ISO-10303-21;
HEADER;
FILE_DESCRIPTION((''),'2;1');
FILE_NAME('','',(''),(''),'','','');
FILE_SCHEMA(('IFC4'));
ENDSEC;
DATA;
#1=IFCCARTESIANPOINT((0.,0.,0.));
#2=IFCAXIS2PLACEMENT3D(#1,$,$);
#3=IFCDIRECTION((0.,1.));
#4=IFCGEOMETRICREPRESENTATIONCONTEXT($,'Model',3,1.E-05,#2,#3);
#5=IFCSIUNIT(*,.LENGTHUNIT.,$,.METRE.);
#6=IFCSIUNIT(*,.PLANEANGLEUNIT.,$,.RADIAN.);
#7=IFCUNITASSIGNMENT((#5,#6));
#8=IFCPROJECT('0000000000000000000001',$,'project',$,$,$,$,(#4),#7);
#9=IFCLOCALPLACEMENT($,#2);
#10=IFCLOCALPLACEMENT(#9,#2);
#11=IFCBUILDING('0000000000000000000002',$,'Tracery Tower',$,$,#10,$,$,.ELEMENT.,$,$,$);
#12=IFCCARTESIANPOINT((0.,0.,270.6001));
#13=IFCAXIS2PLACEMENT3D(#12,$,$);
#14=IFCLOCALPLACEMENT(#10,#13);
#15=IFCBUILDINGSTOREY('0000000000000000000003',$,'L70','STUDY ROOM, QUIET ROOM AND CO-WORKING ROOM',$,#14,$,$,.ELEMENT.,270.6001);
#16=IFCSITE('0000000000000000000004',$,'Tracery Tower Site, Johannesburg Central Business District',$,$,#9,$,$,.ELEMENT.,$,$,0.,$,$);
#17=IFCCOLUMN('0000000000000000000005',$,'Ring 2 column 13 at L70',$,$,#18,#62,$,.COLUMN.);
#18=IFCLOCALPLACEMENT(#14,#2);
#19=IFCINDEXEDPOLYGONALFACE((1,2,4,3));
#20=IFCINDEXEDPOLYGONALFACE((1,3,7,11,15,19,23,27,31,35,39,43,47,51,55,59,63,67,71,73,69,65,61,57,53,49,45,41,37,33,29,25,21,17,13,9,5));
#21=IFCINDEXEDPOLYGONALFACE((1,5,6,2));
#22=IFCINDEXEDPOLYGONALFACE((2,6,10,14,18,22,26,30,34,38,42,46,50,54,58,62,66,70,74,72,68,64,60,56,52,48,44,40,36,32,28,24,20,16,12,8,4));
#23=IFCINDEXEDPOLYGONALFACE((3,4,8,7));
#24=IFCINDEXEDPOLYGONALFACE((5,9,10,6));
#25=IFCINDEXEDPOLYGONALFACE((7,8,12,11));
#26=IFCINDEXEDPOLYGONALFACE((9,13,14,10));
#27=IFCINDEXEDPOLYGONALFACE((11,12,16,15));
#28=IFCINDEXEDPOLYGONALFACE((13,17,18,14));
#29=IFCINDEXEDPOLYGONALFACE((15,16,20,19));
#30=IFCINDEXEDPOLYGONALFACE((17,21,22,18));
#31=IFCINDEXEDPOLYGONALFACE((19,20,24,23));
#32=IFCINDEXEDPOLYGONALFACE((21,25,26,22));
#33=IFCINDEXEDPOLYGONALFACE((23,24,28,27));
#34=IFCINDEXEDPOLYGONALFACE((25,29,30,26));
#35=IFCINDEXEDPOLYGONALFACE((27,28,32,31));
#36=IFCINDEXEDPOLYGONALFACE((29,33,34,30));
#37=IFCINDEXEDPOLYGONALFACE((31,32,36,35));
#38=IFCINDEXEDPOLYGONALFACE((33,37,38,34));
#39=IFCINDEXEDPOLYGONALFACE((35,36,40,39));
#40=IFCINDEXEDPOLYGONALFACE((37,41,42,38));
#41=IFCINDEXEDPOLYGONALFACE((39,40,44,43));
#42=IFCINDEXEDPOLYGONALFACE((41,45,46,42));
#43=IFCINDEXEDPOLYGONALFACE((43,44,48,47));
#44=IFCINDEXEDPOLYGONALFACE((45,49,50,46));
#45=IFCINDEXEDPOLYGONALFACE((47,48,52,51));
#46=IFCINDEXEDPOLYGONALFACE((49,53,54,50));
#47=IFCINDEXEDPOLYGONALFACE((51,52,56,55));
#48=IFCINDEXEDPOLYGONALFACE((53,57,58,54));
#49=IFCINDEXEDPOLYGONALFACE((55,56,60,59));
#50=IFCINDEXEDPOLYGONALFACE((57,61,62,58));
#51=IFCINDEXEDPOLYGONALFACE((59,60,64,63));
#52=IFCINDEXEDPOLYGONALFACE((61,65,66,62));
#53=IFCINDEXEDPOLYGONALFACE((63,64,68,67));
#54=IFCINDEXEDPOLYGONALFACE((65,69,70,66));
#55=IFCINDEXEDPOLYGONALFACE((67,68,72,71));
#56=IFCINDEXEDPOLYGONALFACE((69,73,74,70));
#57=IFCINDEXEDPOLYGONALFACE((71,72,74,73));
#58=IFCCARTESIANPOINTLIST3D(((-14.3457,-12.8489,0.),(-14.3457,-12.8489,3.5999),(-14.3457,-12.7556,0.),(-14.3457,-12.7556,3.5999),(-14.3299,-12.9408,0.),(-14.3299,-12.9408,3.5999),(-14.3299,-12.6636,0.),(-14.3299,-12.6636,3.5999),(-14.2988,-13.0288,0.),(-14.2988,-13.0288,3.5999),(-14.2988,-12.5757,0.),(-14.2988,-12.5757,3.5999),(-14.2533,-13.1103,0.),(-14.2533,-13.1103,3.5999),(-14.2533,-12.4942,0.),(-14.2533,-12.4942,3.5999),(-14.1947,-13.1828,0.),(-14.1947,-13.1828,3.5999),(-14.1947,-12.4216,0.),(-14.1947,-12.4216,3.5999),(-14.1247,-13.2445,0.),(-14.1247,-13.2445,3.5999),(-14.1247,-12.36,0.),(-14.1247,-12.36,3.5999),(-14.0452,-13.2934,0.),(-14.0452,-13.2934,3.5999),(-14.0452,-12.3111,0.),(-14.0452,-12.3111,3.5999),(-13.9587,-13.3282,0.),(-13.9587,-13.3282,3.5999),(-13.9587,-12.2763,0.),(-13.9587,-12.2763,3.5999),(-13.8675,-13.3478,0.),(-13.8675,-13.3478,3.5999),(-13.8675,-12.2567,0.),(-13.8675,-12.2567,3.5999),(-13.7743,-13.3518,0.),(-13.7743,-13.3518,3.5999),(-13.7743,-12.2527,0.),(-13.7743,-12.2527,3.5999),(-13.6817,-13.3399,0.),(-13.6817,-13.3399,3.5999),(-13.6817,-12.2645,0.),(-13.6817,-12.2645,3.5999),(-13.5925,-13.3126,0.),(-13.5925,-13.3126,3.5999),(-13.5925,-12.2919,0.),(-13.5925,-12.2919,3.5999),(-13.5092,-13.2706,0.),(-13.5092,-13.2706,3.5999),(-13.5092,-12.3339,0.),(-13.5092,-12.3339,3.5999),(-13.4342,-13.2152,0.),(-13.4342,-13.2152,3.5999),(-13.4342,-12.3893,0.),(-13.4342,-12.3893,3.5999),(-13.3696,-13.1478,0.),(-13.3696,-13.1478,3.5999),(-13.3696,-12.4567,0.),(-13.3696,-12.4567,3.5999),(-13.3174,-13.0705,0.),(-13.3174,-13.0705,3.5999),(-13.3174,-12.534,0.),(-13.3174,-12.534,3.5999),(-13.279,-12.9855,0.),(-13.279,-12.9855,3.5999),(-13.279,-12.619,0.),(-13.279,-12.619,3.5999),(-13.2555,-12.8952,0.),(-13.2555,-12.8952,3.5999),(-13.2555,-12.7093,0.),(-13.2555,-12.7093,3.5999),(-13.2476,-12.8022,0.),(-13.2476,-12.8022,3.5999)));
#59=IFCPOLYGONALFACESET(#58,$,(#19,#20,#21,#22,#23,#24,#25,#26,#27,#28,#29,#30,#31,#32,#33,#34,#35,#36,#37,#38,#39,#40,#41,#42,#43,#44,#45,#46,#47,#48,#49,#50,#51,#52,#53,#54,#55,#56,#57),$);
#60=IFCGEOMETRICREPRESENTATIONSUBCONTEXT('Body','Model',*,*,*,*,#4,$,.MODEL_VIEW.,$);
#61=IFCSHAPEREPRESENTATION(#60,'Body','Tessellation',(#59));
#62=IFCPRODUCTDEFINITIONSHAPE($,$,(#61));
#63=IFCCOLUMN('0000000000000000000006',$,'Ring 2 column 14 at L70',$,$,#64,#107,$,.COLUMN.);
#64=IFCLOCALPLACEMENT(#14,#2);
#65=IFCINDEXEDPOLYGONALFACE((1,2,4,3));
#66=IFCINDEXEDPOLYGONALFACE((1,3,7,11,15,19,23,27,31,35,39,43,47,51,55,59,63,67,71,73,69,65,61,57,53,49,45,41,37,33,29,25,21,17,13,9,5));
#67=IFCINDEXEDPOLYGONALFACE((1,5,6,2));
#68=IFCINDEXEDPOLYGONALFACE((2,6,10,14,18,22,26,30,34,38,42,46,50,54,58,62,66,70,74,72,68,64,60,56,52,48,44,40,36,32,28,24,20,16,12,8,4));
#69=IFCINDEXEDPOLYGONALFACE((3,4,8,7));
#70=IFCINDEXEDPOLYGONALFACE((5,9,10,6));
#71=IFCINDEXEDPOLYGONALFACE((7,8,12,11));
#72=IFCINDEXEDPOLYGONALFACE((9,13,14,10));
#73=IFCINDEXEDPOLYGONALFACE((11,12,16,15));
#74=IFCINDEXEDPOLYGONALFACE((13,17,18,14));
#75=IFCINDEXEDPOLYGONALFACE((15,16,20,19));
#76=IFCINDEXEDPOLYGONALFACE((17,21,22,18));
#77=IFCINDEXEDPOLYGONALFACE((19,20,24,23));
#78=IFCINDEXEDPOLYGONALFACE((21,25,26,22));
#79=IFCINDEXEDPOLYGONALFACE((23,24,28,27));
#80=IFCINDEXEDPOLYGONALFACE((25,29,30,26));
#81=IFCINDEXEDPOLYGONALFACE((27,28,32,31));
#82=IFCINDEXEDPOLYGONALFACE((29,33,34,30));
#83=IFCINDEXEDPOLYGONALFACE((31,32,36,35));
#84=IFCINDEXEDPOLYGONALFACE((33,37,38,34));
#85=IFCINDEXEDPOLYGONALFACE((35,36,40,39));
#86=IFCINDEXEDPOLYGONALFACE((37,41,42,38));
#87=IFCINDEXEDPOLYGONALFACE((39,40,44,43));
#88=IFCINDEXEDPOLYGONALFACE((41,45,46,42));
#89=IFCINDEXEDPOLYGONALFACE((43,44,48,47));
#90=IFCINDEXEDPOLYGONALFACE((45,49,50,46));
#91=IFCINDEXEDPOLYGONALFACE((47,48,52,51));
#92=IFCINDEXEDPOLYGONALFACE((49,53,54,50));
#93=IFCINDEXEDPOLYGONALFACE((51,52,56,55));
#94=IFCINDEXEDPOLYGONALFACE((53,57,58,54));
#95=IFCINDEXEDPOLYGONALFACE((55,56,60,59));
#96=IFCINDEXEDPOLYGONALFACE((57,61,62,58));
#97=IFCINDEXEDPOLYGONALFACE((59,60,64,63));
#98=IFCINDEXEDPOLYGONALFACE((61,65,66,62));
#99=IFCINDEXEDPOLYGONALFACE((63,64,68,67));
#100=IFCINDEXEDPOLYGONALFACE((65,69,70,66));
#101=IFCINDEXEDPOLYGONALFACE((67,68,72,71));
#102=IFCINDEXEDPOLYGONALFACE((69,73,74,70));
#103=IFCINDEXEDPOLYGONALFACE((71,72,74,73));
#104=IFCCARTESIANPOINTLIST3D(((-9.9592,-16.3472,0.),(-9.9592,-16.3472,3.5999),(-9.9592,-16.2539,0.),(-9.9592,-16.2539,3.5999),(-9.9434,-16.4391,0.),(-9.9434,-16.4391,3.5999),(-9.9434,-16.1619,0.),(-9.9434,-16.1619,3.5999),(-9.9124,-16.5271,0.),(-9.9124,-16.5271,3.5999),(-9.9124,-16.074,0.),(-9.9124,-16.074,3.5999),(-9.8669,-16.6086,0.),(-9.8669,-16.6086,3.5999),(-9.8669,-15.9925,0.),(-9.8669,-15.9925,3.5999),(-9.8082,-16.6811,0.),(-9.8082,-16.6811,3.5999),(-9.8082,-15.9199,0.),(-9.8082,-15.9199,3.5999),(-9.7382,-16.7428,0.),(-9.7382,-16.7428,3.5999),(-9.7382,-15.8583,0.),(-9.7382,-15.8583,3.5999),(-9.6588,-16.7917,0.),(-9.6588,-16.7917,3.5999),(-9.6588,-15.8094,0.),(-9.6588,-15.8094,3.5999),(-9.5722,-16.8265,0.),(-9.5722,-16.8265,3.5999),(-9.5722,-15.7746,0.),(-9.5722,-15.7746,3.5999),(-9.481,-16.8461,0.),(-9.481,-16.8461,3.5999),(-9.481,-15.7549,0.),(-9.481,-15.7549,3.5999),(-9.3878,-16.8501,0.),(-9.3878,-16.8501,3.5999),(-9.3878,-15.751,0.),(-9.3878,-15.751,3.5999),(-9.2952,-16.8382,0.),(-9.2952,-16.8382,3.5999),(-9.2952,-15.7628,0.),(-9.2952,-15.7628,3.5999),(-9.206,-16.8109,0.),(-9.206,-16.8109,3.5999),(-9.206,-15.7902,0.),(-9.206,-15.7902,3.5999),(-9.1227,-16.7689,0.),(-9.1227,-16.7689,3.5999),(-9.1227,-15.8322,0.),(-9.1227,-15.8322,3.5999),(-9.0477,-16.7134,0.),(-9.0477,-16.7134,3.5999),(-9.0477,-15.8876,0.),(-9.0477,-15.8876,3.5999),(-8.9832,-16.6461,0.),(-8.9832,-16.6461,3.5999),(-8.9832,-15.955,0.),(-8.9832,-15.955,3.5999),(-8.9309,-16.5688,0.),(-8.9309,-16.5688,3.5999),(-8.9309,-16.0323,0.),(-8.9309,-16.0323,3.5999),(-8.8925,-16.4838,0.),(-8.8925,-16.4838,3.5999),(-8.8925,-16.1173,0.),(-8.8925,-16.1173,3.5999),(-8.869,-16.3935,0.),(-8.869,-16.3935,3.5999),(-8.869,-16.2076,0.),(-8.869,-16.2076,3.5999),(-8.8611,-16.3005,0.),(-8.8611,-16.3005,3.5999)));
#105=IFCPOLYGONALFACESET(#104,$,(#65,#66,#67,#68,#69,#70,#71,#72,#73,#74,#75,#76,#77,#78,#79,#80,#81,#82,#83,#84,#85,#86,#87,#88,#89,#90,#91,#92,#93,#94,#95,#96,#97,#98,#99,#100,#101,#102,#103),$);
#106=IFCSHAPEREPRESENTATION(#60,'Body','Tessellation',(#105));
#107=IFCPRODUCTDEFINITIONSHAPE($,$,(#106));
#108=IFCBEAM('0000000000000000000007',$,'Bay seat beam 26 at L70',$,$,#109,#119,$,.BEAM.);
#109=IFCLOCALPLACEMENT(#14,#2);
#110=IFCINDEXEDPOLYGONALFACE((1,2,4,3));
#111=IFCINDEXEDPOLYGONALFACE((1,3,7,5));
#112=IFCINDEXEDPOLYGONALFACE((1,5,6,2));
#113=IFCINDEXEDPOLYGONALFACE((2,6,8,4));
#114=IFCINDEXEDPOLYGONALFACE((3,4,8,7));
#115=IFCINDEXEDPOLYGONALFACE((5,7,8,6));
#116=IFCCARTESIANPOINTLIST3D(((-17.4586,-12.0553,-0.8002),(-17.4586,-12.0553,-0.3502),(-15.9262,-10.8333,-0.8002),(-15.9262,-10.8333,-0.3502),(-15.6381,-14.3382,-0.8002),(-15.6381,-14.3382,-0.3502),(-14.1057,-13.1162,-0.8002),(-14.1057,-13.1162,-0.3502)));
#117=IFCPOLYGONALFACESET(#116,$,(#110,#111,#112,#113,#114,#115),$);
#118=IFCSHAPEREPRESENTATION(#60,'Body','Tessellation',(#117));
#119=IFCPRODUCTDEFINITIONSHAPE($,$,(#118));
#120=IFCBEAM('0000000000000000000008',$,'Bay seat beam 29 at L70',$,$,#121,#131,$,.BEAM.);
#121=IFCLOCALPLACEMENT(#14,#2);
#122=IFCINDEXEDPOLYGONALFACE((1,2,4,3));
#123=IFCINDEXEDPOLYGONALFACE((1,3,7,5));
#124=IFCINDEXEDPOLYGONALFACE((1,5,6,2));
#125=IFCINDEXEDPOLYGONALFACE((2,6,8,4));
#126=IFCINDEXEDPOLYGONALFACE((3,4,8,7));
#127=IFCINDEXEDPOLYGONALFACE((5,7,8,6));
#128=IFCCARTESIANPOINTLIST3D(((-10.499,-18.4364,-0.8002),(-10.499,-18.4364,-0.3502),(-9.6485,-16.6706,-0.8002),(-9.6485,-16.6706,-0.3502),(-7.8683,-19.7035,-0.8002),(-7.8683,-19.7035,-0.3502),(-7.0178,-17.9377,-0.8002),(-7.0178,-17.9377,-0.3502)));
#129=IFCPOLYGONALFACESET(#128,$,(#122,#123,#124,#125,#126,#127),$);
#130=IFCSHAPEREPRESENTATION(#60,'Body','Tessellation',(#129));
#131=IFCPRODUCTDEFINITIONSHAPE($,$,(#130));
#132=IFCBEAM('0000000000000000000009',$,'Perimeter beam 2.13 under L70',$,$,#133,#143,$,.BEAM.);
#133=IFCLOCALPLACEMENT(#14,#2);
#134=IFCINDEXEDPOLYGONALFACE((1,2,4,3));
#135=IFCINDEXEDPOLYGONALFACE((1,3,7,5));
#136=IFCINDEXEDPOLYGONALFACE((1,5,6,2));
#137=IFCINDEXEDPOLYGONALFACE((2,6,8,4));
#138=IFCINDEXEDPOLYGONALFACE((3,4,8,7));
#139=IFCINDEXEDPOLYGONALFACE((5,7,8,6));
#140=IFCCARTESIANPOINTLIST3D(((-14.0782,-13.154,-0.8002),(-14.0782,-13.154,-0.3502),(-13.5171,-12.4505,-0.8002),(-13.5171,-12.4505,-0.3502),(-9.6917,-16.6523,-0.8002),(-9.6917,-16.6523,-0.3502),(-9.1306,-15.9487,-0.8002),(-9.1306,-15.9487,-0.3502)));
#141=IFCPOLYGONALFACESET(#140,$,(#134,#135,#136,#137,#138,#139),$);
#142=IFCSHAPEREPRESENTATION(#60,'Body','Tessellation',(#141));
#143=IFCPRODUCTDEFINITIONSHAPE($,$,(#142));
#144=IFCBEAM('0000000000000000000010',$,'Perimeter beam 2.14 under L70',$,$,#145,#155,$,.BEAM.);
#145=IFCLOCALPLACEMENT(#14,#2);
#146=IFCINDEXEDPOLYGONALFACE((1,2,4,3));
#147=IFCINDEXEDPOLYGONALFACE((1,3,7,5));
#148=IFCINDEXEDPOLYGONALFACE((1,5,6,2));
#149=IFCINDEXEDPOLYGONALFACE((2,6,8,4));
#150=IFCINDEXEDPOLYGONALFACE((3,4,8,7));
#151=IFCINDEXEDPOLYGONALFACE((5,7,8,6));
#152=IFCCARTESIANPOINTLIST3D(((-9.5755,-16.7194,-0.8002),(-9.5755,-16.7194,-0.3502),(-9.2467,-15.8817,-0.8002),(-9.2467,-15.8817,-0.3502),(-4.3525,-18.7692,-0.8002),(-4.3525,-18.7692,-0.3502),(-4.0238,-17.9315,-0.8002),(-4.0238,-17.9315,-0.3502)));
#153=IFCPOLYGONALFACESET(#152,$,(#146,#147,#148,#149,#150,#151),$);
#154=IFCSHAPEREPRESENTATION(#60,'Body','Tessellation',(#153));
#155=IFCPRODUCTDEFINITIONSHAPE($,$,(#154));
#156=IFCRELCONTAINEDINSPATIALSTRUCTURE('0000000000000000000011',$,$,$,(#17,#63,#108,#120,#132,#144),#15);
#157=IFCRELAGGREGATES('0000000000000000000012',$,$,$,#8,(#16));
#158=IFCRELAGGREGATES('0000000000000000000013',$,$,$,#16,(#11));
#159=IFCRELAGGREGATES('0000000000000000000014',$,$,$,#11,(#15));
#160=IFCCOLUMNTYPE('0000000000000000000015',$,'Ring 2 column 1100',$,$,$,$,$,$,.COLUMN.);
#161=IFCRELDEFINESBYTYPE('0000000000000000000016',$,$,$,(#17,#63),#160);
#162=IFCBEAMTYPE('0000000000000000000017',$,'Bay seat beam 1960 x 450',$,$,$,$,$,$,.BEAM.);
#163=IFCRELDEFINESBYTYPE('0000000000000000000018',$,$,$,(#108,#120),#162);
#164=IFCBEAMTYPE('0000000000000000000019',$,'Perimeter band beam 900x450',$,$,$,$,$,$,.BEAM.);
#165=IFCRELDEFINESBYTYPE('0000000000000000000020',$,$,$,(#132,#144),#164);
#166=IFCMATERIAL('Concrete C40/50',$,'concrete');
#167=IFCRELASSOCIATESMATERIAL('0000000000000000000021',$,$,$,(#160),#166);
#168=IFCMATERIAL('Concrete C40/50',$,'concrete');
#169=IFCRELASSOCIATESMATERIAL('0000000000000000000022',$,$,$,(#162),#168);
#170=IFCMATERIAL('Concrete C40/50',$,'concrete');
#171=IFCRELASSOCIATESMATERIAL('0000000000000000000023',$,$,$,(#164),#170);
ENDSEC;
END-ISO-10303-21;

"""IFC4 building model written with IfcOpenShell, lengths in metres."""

from ifc_helpers import new_model, si_unit, direction, frame, origin, origin_2d, place, context, subcontext, project, spatial, rectangle, circle, extrude, material, material_profile, profile_set, type_object, element, save


model = new_model("IFC4")

# Units and contexts
model_context = context("Model", 3, precision=1e-05, world=origin(), true_north=direction((0.0, 1.0)))
body_context = subcontext(model_context, "Body", "Model", "MODEL_VIEW")
ifc_project = project(units=[si_unit("LENGTHUNIT", "METRE"), si_unit("PLANEANGLEUNIT", "RADIAN")], contexts=[model_context])

# Site, building, storey
site_placement = place(None, origin())
site = spatial("IfcSite", under=ifc_project, at=site_placement, Name="Tracery Tower Site, Johannesburg Central Business District", CompositionType="ELEMENT", RefElevation=0.0)
building_placement = place(site_placement, origin())
building = spatial("IfcBuilding", under=site, at=building_placement, Name="Tracery Tower", CompositionType="ELEMENT")
storey_placement = place(building_placement, frame((0.0, 0.0, 270.6001)))
storey = spatial("IfcBuildingStorey", under=building, at=storey_placement, Name="L70", Description="STUDY ROOM, QUIET ROOM AND CO-WORKING ROOM", CompositionType="ELEMENT", Elevation=270.6001)

# Columns
ifc_material_1 = material(Name="Concrete C40/50", Category="concrete")
ifc_material_profile_1 = material_profile(ifc_material_1, circle(Radius=0.55, at=origin_2d()), Name="RC D1100")
ifc_profile_set_1 = profile_set([ifc_material_profile_1], Name="Concrete C40/50")
column_type = type_object("IfcColumnType", Name="Ring 2 column 1100", PredefinedType="COLUMN", material=ifc_profile_set_1)
for number, where, z_axis, x_axis, name in (
    (1, (-13.7976, -12.8022, 0.0), (0.0, 0.0, 1.0), (1.0, 0.0, 0.0), "Ring 2 column 13 at L70"),
    (2, (-9.4111, -16.3005, 0.0), (0.0, 0.0, 1.0), (1.0, 0.0, 0.0), "Ring 2 column 14 at L70"),
):
    element("IfcColumn", number, at=place(storey_placement, frame(where, z_axis=z_axis, x_axis=x_axis)), inside=storey, type_object=column_type, Name=name, PredefinedType="COLUMN", context=body_context, shape_type="SweptSolid", body=[
        extrude(circle(Radius=0.55, at=origin_2d()), origin(), (0.0, 0.0, 1.0), 3.5999),
    ])

# Beams
ifc_material_2 = material(Name="Concrete C40/50", Category="concrete")
ifc_material_profile_2 = material_profile(ifc_material_2, rectangle(XDim=1.96, YDim=0.45, at=origin_2d()), Name="RC 1960x450")
ifc_profile_set_2 = profile_set([ifc_material_profile_2], Name="Concrete C40/50")
beam_type_1 = type_object("IfcBeamType", Name="Bay seat beam 1960 x 450", PredefinedType="BEAM", material=ifc_profile_set_2)
for number, where, z_axis, x_axis, name in (
    (3, (-16.6924, -11.4443, -0.5752), (0.623481, -0.781839, 0.0), (0.781839, 0.623481, 0.0), "Bay seat beam 26 at L70"),
    (4, (-10.0737, -17.5535, -0.5752), (0.900935, -0.433954, 0.0), (0.433954, 0.900935, 0.0), "Bay seat beam 29 at L70"),
):
    element("IfcBeam", number, at=place(storey_placement, frame(where, z_axis=z_axis, x_axis=x_axis)), inside=storey, type_object=beam_type_1, Name=name, PredefinedType="BEAM", context=body_context, shape_type="SweptSolid", body=[
        extrude(rectangle(XDim=1.96, YDim=0.45, at=origin_2d()), origin(), (0.0, 0.0, 1.0), 2.9199),
    ])
ifc_material_3 = material(Name="Concrete C40/50", Category="concrete")
ifc_material_profile_3 = material_profile(ifc_material_3, rectangle(XDim=0.8999, YDim=0.45, at=origin_2d()), Name="RC 900x450")
ifc_profile_set_3 = profile_set([ifc_material_profile_3], Name="Concrete C40/50")
beam_type_2 = type_object("IfcBeamType", Name="Perimeter band beam 900x450", PredefinedType="BEAM", material=ifc_profile_set_3)
beam_1_placement = place(storey_placement, frame((-13.7976, -12.8022, -0.5752), z_axis=(0.781815, -0.623511, 0.0), x_axis=(0.623511, 0.781815, 0.0)))
element("IfcBeam", 5, at=beam_1_placement, inside=storey, type_object=beam_type_2, Name="Perimeter beam 2.13 under L70", PredefinedType="BEAM", context=body_context, shape_type="SweptSolid", body=[
    extrude(rectangle(XDim=0.8999, YDim=0.45, at=origin_2d()), origin(), (0.0, 0.0, 1.0), 5.6106),
])
beam_2_placement = place(storey_placement, frame((-9.4111, -16.3005, -0.5752), z_axis=(0.930876, -0.365336, 0.0), x_axis=(0.365336, 0.930876, 0.0)))
element("IfcBeam", 6, at=beam_2_placement, inside=storey, type_object=beam_type_2, Name="Perimeter beam 2.14 under L70", PredefinedType="BEAM", context=body_context, shape_type="SweptSolid", body=[
    extrude(rectangle(XDim=0.8999, YDim=0.45, at=origin_2d()), origin(), (0.0, 0.0, 1.0), 5.6108),
])

save(model, "model.ifc")
